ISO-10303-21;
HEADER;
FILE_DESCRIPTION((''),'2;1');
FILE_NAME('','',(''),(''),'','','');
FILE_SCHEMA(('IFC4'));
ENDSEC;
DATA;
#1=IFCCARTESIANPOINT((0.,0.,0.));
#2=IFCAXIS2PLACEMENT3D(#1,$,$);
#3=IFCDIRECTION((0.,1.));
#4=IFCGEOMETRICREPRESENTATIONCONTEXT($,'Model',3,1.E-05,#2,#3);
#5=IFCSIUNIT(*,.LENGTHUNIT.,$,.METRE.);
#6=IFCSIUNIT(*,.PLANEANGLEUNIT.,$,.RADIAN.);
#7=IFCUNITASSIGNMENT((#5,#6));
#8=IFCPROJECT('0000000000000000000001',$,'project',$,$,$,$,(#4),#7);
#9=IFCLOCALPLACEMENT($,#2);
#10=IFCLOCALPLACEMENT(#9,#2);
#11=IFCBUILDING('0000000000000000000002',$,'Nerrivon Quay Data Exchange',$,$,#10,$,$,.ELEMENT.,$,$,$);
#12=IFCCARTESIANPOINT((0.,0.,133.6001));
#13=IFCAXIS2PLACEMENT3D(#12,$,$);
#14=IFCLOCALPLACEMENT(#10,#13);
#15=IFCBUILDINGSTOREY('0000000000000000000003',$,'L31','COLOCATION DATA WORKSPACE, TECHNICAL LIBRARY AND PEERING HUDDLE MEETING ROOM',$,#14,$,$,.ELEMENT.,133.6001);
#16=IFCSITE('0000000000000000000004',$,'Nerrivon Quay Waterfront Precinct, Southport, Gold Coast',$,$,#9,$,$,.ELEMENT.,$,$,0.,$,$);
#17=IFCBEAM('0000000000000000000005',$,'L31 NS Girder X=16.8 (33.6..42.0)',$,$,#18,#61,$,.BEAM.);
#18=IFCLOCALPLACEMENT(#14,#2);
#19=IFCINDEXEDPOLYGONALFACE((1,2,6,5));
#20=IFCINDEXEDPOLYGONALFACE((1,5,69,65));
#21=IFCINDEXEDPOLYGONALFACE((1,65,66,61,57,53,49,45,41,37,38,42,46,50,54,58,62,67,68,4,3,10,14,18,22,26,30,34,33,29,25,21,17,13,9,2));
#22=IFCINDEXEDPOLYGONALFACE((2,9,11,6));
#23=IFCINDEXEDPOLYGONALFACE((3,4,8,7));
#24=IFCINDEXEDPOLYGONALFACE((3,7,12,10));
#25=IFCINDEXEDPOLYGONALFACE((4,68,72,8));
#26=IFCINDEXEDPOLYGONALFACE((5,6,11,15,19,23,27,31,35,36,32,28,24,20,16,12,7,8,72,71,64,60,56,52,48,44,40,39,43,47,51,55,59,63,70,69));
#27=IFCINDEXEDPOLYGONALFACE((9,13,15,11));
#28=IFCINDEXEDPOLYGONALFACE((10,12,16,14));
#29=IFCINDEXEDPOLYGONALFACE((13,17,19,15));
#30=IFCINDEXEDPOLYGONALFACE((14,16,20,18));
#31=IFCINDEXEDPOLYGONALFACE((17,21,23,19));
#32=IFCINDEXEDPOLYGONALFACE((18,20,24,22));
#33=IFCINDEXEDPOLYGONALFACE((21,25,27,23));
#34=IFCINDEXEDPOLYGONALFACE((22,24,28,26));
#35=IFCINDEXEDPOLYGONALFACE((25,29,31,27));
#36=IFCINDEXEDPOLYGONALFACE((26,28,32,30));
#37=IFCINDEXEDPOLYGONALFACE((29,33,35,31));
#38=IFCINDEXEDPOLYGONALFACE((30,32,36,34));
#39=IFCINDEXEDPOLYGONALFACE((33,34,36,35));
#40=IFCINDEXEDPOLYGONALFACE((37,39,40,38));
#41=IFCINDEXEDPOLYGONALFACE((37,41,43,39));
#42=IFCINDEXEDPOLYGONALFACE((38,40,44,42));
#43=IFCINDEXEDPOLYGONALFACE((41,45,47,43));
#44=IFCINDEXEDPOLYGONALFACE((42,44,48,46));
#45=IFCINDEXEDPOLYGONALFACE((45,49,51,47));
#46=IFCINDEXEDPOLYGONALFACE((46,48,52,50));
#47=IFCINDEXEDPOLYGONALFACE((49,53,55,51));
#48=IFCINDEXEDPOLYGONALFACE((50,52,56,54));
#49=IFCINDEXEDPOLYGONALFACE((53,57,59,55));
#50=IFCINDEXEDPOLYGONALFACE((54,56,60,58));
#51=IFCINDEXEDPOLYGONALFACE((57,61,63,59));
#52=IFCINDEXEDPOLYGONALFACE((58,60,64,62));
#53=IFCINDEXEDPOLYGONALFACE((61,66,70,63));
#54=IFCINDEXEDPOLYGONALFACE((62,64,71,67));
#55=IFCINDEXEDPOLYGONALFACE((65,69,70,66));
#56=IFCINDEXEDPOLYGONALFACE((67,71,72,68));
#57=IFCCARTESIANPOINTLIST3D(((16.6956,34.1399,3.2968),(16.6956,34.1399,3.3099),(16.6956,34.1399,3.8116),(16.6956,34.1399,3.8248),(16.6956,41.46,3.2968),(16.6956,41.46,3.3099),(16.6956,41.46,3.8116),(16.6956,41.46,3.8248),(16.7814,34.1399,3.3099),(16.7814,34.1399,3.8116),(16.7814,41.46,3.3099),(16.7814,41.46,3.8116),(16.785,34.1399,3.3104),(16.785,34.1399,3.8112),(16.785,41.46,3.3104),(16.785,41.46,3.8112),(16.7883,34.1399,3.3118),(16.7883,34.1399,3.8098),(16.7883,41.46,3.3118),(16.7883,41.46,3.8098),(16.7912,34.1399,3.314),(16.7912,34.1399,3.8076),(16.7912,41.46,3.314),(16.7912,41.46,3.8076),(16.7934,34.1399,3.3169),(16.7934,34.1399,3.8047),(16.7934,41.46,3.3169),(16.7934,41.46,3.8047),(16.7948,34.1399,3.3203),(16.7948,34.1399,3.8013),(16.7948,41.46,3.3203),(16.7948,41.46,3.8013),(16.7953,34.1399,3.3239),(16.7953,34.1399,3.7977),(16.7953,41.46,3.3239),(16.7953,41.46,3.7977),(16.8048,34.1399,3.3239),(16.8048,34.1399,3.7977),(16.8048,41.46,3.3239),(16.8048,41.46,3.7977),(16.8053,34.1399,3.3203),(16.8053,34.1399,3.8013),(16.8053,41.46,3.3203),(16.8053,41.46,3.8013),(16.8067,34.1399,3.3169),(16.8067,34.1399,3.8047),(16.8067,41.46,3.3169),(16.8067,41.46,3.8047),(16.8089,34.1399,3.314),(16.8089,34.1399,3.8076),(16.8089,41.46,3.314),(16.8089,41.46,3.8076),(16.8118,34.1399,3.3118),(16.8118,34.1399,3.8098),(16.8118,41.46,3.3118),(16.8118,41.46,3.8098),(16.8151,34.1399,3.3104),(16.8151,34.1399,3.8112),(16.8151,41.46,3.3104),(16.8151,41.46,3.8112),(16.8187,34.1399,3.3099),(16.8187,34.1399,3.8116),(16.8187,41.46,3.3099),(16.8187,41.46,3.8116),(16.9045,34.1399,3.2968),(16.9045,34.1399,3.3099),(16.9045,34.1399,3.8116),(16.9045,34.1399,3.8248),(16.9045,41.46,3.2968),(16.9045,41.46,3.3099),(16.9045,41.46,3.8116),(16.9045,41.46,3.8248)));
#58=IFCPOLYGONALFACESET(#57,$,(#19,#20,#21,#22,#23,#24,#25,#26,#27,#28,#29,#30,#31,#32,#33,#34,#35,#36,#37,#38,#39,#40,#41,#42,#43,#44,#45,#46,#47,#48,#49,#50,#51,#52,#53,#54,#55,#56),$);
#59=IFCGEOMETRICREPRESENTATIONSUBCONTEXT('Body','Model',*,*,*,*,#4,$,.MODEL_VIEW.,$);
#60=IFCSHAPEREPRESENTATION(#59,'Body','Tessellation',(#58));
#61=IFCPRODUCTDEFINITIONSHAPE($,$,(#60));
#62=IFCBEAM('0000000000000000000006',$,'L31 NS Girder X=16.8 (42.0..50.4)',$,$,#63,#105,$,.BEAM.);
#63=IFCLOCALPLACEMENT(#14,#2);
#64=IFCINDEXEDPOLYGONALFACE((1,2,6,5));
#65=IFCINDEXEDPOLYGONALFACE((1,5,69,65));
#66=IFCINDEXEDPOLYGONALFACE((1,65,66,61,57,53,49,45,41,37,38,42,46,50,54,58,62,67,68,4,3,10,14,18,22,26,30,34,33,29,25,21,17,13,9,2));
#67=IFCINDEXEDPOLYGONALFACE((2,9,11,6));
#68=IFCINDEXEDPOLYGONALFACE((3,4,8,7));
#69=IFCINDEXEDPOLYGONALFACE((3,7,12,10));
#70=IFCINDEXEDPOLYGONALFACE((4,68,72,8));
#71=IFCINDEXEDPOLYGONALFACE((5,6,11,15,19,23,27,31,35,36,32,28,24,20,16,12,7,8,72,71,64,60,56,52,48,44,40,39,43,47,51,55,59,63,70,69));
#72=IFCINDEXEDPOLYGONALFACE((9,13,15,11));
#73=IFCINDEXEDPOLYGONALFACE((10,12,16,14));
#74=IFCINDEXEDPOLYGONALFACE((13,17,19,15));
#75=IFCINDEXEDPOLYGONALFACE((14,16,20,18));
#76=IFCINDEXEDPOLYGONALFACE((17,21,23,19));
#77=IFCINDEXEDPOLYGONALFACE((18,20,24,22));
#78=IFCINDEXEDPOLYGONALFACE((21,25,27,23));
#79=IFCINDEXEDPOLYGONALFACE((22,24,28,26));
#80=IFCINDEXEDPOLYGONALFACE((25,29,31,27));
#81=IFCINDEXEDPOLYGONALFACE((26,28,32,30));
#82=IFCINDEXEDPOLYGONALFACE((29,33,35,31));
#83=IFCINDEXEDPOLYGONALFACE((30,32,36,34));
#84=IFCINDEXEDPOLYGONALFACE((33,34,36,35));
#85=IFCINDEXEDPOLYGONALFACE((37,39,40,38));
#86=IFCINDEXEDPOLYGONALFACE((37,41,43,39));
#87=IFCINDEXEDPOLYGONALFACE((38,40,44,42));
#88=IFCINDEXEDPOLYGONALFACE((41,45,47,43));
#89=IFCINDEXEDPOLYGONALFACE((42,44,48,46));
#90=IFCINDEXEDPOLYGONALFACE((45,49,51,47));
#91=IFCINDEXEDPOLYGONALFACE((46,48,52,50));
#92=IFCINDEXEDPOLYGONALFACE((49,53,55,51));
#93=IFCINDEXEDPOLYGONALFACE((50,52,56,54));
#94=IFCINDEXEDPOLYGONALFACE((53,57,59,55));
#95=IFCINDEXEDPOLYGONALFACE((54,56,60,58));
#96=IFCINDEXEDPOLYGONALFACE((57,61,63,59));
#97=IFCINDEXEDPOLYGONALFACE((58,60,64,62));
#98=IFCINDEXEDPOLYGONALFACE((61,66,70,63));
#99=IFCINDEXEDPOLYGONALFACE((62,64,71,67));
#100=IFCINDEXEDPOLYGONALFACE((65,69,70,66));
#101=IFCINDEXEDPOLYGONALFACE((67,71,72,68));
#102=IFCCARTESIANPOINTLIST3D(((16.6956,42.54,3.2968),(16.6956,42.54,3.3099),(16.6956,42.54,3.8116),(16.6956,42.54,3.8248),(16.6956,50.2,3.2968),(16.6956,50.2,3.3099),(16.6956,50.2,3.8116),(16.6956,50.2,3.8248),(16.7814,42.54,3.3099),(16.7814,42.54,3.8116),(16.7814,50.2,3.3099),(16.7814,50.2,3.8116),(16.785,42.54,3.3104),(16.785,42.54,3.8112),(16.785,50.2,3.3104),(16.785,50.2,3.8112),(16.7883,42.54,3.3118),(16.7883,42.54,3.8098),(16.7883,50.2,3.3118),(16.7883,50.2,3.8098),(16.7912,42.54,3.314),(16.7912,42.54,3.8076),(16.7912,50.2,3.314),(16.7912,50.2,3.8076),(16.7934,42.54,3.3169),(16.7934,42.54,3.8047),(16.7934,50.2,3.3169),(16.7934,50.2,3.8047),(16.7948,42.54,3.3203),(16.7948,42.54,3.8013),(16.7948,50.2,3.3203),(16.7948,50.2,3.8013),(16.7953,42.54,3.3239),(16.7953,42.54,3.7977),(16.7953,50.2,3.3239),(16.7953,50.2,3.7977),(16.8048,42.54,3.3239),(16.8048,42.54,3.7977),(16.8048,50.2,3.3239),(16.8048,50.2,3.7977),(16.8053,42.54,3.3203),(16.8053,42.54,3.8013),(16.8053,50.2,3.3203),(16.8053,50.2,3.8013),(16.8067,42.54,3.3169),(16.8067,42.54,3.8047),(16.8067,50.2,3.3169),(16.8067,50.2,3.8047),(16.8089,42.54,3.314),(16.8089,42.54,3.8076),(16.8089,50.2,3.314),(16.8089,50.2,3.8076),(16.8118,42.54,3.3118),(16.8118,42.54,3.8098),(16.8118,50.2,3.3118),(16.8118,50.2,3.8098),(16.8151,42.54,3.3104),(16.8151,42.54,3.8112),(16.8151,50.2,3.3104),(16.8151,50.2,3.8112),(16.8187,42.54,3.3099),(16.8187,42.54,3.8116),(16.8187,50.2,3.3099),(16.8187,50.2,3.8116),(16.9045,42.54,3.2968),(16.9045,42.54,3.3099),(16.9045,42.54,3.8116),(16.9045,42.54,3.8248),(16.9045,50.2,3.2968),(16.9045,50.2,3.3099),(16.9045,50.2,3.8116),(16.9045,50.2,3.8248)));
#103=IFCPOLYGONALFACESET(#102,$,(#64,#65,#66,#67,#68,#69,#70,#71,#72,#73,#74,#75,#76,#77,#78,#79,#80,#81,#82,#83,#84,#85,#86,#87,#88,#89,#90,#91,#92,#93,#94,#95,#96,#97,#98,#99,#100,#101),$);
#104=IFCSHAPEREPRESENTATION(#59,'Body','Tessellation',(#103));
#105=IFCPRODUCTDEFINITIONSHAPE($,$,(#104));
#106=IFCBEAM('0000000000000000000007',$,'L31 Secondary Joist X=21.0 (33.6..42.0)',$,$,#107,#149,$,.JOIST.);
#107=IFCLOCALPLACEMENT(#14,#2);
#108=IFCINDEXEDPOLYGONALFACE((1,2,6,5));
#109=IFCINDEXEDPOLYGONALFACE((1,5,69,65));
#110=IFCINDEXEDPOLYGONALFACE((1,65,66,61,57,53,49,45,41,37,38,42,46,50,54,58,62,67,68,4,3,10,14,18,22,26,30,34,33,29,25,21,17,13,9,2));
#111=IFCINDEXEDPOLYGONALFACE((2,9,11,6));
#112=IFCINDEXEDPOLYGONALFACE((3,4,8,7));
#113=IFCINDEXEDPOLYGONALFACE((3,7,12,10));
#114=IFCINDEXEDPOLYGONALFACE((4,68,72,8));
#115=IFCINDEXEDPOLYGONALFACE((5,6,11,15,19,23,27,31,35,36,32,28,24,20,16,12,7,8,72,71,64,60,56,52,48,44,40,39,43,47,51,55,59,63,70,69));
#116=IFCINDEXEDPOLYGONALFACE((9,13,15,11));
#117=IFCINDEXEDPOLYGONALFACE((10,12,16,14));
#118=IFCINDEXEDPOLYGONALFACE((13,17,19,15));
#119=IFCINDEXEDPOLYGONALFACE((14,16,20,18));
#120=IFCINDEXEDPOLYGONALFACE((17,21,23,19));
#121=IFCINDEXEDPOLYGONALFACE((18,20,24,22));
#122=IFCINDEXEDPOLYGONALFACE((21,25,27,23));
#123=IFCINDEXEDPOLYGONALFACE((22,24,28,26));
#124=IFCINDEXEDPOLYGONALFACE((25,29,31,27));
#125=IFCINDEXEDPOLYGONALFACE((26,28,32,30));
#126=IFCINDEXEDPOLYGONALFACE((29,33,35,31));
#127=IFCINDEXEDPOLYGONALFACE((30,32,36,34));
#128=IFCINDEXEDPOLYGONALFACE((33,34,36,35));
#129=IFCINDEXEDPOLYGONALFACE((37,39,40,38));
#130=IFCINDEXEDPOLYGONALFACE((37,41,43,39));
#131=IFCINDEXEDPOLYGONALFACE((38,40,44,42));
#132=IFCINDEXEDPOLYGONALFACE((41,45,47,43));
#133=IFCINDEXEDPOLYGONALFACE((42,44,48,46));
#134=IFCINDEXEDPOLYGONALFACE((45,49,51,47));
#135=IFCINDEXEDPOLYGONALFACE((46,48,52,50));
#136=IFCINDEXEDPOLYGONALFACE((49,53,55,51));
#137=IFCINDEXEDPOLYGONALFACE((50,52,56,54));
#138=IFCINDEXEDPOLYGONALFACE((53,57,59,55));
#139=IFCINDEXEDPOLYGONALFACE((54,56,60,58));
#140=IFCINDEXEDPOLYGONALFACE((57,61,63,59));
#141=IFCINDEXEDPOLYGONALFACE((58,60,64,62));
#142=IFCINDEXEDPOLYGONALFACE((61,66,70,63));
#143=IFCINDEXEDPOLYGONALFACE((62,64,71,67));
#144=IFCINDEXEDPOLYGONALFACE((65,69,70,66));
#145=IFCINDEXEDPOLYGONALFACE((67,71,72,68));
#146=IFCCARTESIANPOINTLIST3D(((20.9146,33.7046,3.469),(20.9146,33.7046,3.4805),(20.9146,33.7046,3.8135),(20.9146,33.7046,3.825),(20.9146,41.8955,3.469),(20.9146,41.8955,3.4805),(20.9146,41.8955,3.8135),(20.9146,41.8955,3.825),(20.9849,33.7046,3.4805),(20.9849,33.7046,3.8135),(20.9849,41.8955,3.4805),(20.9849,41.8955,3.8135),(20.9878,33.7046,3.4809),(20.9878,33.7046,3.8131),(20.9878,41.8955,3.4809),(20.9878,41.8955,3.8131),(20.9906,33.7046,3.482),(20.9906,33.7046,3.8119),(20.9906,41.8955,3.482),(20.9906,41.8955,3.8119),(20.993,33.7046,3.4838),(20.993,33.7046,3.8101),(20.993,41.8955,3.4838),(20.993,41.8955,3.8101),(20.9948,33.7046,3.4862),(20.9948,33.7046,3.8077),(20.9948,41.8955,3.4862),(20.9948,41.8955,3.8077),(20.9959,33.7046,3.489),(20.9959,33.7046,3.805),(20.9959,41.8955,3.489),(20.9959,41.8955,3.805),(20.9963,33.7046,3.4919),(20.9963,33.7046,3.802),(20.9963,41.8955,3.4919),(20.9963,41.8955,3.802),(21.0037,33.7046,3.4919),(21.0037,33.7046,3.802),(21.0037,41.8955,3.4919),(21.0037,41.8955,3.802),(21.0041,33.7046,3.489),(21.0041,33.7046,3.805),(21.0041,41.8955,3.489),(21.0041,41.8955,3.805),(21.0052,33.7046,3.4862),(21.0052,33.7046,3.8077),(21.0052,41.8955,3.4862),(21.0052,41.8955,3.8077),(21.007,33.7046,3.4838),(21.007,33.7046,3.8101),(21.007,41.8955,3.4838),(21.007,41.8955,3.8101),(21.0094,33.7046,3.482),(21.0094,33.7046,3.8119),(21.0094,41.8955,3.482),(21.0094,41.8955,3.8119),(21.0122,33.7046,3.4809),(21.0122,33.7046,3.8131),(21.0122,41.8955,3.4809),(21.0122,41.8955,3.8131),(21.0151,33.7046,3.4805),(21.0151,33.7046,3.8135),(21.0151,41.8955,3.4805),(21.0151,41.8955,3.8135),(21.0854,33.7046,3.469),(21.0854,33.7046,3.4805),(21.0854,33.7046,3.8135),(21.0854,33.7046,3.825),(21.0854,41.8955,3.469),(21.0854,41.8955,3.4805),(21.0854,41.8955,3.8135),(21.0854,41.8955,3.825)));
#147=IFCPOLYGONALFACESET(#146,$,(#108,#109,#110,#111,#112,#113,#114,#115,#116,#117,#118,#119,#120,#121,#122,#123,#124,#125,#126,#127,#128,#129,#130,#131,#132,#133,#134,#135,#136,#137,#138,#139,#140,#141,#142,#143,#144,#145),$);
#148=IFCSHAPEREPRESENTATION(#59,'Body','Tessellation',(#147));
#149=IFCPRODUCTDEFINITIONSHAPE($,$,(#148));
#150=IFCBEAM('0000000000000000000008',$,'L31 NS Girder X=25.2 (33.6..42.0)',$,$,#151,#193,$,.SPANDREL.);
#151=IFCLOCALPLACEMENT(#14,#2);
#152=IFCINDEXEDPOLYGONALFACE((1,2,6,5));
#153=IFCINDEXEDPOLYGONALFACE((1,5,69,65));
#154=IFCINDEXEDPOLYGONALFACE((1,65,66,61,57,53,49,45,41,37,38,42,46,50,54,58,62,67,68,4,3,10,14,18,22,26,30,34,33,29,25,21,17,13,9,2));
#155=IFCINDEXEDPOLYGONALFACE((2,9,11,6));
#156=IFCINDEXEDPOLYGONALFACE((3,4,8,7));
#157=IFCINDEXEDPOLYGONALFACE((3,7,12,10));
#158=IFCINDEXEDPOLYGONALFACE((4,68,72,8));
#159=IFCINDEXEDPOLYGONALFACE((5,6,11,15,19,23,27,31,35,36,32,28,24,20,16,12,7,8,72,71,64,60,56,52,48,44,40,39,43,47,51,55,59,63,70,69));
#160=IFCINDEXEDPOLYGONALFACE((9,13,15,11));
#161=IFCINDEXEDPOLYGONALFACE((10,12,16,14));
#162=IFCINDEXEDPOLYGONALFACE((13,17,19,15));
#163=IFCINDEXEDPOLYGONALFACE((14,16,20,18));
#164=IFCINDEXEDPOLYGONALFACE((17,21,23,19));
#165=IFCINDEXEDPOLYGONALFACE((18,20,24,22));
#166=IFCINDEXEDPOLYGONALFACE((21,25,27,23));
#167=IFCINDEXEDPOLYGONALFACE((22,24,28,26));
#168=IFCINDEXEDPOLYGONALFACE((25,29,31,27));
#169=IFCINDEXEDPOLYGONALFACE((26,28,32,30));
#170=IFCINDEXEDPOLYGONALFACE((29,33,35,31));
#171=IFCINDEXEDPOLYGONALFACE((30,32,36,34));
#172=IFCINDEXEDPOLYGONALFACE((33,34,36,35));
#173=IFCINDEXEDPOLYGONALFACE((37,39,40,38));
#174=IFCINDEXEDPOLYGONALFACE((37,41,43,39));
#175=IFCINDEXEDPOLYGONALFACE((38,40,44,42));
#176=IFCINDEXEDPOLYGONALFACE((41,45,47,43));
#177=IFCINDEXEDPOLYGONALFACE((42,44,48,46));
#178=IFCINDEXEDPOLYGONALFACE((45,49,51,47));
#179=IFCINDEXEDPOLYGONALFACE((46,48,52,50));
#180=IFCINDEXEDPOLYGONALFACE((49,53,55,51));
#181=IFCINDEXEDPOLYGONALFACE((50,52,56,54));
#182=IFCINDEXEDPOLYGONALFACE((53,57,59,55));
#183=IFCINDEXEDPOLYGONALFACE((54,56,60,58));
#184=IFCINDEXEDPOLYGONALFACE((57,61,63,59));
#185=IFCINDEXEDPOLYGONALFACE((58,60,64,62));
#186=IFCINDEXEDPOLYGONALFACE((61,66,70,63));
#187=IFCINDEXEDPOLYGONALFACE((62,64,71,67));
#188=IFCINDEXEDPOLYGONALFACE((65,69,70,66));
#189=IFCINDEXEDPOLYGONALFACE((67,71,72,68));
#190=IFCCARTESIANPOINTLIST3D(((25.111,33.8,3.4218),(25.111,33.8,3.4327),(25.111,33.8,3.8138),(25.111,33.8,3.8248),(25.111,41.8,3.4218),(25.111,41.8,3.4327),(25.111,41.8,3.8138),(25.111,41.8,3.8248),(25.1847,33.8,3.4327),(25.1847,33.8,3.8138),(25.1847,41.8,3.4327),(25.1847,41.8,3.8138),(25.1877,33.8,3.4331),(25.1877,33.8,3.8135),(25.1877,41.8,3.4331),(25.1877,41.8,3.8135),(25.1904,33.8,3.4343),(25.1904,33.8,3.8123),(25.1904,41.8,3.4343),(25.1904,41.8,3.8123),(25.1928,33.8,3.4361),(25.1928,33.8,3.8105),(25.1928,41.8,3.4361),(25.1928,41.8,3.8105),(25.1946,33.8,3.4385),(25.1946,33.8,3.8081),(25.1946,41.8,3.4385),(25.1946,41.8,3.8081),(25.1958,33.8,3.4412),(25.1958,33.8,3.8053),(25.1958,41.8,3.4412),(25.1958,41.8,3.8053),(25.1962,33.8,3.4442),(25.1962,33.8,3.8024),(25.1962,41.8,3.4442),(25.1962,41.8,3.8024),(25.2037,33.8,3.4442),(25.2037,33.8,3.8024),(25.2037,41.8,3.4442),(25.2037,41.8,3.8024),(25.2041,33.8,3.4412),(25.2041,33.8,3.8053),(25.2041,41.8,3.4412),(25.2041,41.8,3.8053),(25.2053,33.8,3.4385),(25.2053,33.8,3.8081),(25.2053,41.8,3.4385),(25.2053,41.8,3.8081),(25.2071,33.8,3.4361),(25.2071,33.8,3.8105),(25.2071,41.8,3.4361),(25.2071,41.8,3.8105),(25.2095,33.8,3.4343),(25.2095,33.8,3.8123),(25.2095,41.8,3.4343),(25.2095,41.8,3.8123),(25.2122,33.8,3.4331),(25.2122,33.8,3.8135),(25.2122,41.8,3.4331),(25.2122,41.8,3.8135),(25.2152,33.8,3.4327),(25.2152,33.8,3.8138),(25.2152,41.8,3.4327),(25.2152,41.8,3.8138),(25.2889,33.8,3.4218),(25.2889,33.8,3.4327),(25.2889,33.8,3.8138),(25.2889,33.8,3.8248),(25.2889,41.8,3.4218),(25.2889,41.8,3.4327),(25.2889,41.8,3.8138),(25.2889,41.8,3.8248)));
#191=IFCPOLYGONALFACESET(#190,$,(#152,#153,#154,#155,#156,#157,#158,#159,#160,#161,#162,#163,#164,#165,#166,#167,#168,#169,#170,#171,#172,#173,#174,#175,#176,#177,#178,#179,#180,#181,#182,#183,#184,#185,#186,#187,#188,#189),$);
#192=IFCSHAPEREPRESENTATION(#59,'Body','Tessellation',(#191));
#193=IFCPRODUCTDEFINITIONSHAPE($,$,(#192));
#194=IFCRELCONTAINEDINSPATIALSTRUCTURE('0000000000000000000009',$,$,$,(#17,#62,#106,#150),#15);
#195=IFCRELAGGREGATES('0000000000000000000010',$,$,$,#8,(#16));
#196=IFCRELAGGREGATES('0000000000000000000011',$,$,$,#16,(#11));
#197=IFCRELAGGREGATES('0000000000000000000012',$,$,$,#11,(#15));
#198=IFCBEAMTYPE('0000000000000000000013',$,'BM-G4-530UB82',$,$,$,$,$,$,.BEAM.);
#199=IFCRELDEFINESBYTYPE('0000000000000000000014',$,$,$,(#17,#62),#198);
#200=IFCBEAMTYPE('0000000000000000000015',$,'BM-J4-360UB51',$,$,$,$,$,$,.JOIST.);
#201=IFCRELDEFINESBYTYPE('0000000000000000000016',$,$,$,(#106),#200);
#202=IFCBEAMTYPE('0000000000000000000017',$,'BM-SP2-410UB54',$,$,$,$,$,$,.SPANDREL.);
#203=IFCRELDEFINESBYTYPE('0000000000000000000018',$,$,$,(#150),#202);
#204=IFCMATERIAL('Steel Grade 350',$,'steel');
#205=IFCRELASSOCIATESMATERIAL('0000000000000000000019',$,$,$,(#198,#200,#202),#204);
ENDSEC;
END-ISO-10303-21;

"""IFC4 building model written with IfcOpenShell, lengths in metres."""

from ifc_helpers import new_model, si_unit, direction, frame, origin, origin_2d, place, context, subcontext, project, spatial, i_section, extrude, material, material_profile, profile_set, type_object, element, save


model = new_model("IFC4")

# Units and contexts
model_context = context("Model", 3, precision=1e-05, world=origin(), true_north=direction((0.0, 1.0)))
body_context = subcontext(model_context, "Body", "Model", "MODEL_VIEW")
ifc_project = project(units=[si_unit("LENGTHUNIT", "METRE"), si_unit("PLANEANGLEUNIT", "RADIAN")], contexts=[model_context])

# Site, building, storey
site_placement = place(None, origin())
site = spatial("IfcSite", under=ifc_project, at=site_placement, Name="Nerrivon Quay Waterfront Precinct, Southport, Gold Coast", CompositionType="ELEMENT", RefElevation=0.0)
building_placement = place(site_placement, origin())
building = spatial("IfcBuilding", under=site, at=building_placement, Name="Nerrivon Quay Data Exchange", CompositionType="ELEMENT")
storey_placement = place(building_placement, frame((0.0, 0.0, 133.6001)))
storey = spatial("IfcBuildingStorey", under=building, at=storey_placement, Name="L31", Description="COLOCATION DATA WORKSPACE, TECHNICAL LIBRARY AND PEERING HUDDLE MEETING ROOM", CompositionType="ELEMENT", Elevation=133.6001)

# Shared definitions
ifc_material_1 = material(Name="Steel Grade 350", Category="steel")

# Beams
ifc_material_profile_1 = material_profile(ifc_material_1, i_section(OverallWidth=0.209, OverallDepth=0.5281, WebThickness=0.0095, FlangeThickness=0.0132, FilletRadius=0.0139, at=origin_2d()), Name="530UB82.0")
ifc_profile_set_1 = profile_set([ifc_material_profile_1], Name="Steel Grade 350")
beam_type_1 = type_object("IfcBeamType", Name="BM-G4-530UB82", PredefinedType="BEAM", material=ifc_profile_set_1)
beam_1_placement = place(storey_placement, frame((16.8, 34.1399, 3.5608), z_axis=(0.0, 1.0, 0.0), x_axis=(-1.0, 0.0, 0.0)))
element("IfcBeam", 1, at=beam_1_placement, inside=storey, type_object=beam_type_1, Name="L31 NS Girder X=16.8 (33.6..42.0)", PredefinedType="BEAM", context=body_context, shape_type="SweptSolid", body=[
    extrude(i_section(OverallWidth=0.209, OverallDepth=0.5281, WebThickness=0.0095, FlangeThickness=0.0132, FilletRadius=0.0139, at=origin_2d()), origin(), (0.0, 0.0, 1.0), 7.3201),
])
beam_2_placement = place(storey_placement, frame((16.8, 42.54, 3.5608), z_axis=(0.0, 1.0, 0.0), x_axis=(-1.0, 0.0, 0.0)))
element("IfcBeam", 2, at=beam_2_placement, inside=storey, type_object=beam_type_1, Name="L31 NS Girder X=16.8 (42.0..50.4)", PredefinedType="BEAM", context=body_context, shape_type="SweptSolid", body=[
    extrude(i_section(OverallWidth=0.209, OverallDepth=0.5281, WebThickness=0.0095, FlangeThickness=0.0132, FilletRadius=0.0139, at=origin_2d()), origin(), (0.0, 0.0, 1.0), 7.6599),
])
ifc_material_profile_2 = material_profile(ifc_material_1, i_section(OverallWidth=0.1709, OverallDepth=0.356, WebThickness=0.0073, FlangeThickness=0.0115, FilletRadius=0.0115, at=origin_2d()), Name="360UB50.7")
ifc_profile_set_2 = profile_set([ifc_material_profile_2], Name="Steel Grade 350")
beam_type_2 = type_object("IfcBeamType", Name="BM-J4-360UB51", PredefinedType="JOIST", material=ifc_profile_set_2)
beam_3_placement = place(storey_placement, frame((21.0, 33.7046, 3.647), z_axis=(0.0, 1.0, 0.0), x_axis=(-1.0, 0.0, 0.0)))
element("IfcBeam", 3, at=beam_3_placement, inside=storey, type_object=beam_type_2, Name="L31 Secondary Joist X=21.0 (33.6..42.0)", PredefinedType="JOIST", context=body_context, shape_type="SweptSolid", body=[
    extrude(i_section(OverallWidth=0.1709, OverallDepth=0.356, WebThickness=0.0073, FlangeThickness=0.0115, FilletRadius=0.0115, at=origin_2d()), origin(), (0.0, 0.0, 1.0), 8.1909),
])
ifc_material_profile_3 = material_profile(ifc_material_1, i_section(OverallWidth=0.178, OverallDepth=0.4031, WebThickness=0.0076, FlangeThickness=0.011, FilletRadius=0.0115, at=origin_2d()), Name="410UB53.7")
ifc_profile_set_3 = profile_set([ifc_material_profile_3], Name="Steel Grade 350")
beam_type_3 = type_object("IfcBeamType", Name="BM-SP2-410UB54", PredefinedType="SPANDREL", material=ifc_profile_set_3)
beam_4_placement = place(storey_placement, frame((25.2, 33.8, 3.6233), z_axis=(0.0, 1.0, 0.0), x_axis=(-1.0, 0.0, 0.0)))
element("IfcBeam", 4, at=beam_4_placement, inside=storey, type_object=beam_type_3, Name="L31 NS Girder X=25.2 (33.6..42.0)", PredefinedType="SPANDREL", context=body_context, shape_type="SweptSolid", body=[
    extrude(i_section(OverallWidth=0.178, OverallDepth=0.4031, WebThickness=0.0076, FlangeThickness=0.011, FilletRadius=0.0115, at=origin_2d()), origin(), (0.0, 0.0, 1.0), 8.0),
])

save(model, "model.ifc")
